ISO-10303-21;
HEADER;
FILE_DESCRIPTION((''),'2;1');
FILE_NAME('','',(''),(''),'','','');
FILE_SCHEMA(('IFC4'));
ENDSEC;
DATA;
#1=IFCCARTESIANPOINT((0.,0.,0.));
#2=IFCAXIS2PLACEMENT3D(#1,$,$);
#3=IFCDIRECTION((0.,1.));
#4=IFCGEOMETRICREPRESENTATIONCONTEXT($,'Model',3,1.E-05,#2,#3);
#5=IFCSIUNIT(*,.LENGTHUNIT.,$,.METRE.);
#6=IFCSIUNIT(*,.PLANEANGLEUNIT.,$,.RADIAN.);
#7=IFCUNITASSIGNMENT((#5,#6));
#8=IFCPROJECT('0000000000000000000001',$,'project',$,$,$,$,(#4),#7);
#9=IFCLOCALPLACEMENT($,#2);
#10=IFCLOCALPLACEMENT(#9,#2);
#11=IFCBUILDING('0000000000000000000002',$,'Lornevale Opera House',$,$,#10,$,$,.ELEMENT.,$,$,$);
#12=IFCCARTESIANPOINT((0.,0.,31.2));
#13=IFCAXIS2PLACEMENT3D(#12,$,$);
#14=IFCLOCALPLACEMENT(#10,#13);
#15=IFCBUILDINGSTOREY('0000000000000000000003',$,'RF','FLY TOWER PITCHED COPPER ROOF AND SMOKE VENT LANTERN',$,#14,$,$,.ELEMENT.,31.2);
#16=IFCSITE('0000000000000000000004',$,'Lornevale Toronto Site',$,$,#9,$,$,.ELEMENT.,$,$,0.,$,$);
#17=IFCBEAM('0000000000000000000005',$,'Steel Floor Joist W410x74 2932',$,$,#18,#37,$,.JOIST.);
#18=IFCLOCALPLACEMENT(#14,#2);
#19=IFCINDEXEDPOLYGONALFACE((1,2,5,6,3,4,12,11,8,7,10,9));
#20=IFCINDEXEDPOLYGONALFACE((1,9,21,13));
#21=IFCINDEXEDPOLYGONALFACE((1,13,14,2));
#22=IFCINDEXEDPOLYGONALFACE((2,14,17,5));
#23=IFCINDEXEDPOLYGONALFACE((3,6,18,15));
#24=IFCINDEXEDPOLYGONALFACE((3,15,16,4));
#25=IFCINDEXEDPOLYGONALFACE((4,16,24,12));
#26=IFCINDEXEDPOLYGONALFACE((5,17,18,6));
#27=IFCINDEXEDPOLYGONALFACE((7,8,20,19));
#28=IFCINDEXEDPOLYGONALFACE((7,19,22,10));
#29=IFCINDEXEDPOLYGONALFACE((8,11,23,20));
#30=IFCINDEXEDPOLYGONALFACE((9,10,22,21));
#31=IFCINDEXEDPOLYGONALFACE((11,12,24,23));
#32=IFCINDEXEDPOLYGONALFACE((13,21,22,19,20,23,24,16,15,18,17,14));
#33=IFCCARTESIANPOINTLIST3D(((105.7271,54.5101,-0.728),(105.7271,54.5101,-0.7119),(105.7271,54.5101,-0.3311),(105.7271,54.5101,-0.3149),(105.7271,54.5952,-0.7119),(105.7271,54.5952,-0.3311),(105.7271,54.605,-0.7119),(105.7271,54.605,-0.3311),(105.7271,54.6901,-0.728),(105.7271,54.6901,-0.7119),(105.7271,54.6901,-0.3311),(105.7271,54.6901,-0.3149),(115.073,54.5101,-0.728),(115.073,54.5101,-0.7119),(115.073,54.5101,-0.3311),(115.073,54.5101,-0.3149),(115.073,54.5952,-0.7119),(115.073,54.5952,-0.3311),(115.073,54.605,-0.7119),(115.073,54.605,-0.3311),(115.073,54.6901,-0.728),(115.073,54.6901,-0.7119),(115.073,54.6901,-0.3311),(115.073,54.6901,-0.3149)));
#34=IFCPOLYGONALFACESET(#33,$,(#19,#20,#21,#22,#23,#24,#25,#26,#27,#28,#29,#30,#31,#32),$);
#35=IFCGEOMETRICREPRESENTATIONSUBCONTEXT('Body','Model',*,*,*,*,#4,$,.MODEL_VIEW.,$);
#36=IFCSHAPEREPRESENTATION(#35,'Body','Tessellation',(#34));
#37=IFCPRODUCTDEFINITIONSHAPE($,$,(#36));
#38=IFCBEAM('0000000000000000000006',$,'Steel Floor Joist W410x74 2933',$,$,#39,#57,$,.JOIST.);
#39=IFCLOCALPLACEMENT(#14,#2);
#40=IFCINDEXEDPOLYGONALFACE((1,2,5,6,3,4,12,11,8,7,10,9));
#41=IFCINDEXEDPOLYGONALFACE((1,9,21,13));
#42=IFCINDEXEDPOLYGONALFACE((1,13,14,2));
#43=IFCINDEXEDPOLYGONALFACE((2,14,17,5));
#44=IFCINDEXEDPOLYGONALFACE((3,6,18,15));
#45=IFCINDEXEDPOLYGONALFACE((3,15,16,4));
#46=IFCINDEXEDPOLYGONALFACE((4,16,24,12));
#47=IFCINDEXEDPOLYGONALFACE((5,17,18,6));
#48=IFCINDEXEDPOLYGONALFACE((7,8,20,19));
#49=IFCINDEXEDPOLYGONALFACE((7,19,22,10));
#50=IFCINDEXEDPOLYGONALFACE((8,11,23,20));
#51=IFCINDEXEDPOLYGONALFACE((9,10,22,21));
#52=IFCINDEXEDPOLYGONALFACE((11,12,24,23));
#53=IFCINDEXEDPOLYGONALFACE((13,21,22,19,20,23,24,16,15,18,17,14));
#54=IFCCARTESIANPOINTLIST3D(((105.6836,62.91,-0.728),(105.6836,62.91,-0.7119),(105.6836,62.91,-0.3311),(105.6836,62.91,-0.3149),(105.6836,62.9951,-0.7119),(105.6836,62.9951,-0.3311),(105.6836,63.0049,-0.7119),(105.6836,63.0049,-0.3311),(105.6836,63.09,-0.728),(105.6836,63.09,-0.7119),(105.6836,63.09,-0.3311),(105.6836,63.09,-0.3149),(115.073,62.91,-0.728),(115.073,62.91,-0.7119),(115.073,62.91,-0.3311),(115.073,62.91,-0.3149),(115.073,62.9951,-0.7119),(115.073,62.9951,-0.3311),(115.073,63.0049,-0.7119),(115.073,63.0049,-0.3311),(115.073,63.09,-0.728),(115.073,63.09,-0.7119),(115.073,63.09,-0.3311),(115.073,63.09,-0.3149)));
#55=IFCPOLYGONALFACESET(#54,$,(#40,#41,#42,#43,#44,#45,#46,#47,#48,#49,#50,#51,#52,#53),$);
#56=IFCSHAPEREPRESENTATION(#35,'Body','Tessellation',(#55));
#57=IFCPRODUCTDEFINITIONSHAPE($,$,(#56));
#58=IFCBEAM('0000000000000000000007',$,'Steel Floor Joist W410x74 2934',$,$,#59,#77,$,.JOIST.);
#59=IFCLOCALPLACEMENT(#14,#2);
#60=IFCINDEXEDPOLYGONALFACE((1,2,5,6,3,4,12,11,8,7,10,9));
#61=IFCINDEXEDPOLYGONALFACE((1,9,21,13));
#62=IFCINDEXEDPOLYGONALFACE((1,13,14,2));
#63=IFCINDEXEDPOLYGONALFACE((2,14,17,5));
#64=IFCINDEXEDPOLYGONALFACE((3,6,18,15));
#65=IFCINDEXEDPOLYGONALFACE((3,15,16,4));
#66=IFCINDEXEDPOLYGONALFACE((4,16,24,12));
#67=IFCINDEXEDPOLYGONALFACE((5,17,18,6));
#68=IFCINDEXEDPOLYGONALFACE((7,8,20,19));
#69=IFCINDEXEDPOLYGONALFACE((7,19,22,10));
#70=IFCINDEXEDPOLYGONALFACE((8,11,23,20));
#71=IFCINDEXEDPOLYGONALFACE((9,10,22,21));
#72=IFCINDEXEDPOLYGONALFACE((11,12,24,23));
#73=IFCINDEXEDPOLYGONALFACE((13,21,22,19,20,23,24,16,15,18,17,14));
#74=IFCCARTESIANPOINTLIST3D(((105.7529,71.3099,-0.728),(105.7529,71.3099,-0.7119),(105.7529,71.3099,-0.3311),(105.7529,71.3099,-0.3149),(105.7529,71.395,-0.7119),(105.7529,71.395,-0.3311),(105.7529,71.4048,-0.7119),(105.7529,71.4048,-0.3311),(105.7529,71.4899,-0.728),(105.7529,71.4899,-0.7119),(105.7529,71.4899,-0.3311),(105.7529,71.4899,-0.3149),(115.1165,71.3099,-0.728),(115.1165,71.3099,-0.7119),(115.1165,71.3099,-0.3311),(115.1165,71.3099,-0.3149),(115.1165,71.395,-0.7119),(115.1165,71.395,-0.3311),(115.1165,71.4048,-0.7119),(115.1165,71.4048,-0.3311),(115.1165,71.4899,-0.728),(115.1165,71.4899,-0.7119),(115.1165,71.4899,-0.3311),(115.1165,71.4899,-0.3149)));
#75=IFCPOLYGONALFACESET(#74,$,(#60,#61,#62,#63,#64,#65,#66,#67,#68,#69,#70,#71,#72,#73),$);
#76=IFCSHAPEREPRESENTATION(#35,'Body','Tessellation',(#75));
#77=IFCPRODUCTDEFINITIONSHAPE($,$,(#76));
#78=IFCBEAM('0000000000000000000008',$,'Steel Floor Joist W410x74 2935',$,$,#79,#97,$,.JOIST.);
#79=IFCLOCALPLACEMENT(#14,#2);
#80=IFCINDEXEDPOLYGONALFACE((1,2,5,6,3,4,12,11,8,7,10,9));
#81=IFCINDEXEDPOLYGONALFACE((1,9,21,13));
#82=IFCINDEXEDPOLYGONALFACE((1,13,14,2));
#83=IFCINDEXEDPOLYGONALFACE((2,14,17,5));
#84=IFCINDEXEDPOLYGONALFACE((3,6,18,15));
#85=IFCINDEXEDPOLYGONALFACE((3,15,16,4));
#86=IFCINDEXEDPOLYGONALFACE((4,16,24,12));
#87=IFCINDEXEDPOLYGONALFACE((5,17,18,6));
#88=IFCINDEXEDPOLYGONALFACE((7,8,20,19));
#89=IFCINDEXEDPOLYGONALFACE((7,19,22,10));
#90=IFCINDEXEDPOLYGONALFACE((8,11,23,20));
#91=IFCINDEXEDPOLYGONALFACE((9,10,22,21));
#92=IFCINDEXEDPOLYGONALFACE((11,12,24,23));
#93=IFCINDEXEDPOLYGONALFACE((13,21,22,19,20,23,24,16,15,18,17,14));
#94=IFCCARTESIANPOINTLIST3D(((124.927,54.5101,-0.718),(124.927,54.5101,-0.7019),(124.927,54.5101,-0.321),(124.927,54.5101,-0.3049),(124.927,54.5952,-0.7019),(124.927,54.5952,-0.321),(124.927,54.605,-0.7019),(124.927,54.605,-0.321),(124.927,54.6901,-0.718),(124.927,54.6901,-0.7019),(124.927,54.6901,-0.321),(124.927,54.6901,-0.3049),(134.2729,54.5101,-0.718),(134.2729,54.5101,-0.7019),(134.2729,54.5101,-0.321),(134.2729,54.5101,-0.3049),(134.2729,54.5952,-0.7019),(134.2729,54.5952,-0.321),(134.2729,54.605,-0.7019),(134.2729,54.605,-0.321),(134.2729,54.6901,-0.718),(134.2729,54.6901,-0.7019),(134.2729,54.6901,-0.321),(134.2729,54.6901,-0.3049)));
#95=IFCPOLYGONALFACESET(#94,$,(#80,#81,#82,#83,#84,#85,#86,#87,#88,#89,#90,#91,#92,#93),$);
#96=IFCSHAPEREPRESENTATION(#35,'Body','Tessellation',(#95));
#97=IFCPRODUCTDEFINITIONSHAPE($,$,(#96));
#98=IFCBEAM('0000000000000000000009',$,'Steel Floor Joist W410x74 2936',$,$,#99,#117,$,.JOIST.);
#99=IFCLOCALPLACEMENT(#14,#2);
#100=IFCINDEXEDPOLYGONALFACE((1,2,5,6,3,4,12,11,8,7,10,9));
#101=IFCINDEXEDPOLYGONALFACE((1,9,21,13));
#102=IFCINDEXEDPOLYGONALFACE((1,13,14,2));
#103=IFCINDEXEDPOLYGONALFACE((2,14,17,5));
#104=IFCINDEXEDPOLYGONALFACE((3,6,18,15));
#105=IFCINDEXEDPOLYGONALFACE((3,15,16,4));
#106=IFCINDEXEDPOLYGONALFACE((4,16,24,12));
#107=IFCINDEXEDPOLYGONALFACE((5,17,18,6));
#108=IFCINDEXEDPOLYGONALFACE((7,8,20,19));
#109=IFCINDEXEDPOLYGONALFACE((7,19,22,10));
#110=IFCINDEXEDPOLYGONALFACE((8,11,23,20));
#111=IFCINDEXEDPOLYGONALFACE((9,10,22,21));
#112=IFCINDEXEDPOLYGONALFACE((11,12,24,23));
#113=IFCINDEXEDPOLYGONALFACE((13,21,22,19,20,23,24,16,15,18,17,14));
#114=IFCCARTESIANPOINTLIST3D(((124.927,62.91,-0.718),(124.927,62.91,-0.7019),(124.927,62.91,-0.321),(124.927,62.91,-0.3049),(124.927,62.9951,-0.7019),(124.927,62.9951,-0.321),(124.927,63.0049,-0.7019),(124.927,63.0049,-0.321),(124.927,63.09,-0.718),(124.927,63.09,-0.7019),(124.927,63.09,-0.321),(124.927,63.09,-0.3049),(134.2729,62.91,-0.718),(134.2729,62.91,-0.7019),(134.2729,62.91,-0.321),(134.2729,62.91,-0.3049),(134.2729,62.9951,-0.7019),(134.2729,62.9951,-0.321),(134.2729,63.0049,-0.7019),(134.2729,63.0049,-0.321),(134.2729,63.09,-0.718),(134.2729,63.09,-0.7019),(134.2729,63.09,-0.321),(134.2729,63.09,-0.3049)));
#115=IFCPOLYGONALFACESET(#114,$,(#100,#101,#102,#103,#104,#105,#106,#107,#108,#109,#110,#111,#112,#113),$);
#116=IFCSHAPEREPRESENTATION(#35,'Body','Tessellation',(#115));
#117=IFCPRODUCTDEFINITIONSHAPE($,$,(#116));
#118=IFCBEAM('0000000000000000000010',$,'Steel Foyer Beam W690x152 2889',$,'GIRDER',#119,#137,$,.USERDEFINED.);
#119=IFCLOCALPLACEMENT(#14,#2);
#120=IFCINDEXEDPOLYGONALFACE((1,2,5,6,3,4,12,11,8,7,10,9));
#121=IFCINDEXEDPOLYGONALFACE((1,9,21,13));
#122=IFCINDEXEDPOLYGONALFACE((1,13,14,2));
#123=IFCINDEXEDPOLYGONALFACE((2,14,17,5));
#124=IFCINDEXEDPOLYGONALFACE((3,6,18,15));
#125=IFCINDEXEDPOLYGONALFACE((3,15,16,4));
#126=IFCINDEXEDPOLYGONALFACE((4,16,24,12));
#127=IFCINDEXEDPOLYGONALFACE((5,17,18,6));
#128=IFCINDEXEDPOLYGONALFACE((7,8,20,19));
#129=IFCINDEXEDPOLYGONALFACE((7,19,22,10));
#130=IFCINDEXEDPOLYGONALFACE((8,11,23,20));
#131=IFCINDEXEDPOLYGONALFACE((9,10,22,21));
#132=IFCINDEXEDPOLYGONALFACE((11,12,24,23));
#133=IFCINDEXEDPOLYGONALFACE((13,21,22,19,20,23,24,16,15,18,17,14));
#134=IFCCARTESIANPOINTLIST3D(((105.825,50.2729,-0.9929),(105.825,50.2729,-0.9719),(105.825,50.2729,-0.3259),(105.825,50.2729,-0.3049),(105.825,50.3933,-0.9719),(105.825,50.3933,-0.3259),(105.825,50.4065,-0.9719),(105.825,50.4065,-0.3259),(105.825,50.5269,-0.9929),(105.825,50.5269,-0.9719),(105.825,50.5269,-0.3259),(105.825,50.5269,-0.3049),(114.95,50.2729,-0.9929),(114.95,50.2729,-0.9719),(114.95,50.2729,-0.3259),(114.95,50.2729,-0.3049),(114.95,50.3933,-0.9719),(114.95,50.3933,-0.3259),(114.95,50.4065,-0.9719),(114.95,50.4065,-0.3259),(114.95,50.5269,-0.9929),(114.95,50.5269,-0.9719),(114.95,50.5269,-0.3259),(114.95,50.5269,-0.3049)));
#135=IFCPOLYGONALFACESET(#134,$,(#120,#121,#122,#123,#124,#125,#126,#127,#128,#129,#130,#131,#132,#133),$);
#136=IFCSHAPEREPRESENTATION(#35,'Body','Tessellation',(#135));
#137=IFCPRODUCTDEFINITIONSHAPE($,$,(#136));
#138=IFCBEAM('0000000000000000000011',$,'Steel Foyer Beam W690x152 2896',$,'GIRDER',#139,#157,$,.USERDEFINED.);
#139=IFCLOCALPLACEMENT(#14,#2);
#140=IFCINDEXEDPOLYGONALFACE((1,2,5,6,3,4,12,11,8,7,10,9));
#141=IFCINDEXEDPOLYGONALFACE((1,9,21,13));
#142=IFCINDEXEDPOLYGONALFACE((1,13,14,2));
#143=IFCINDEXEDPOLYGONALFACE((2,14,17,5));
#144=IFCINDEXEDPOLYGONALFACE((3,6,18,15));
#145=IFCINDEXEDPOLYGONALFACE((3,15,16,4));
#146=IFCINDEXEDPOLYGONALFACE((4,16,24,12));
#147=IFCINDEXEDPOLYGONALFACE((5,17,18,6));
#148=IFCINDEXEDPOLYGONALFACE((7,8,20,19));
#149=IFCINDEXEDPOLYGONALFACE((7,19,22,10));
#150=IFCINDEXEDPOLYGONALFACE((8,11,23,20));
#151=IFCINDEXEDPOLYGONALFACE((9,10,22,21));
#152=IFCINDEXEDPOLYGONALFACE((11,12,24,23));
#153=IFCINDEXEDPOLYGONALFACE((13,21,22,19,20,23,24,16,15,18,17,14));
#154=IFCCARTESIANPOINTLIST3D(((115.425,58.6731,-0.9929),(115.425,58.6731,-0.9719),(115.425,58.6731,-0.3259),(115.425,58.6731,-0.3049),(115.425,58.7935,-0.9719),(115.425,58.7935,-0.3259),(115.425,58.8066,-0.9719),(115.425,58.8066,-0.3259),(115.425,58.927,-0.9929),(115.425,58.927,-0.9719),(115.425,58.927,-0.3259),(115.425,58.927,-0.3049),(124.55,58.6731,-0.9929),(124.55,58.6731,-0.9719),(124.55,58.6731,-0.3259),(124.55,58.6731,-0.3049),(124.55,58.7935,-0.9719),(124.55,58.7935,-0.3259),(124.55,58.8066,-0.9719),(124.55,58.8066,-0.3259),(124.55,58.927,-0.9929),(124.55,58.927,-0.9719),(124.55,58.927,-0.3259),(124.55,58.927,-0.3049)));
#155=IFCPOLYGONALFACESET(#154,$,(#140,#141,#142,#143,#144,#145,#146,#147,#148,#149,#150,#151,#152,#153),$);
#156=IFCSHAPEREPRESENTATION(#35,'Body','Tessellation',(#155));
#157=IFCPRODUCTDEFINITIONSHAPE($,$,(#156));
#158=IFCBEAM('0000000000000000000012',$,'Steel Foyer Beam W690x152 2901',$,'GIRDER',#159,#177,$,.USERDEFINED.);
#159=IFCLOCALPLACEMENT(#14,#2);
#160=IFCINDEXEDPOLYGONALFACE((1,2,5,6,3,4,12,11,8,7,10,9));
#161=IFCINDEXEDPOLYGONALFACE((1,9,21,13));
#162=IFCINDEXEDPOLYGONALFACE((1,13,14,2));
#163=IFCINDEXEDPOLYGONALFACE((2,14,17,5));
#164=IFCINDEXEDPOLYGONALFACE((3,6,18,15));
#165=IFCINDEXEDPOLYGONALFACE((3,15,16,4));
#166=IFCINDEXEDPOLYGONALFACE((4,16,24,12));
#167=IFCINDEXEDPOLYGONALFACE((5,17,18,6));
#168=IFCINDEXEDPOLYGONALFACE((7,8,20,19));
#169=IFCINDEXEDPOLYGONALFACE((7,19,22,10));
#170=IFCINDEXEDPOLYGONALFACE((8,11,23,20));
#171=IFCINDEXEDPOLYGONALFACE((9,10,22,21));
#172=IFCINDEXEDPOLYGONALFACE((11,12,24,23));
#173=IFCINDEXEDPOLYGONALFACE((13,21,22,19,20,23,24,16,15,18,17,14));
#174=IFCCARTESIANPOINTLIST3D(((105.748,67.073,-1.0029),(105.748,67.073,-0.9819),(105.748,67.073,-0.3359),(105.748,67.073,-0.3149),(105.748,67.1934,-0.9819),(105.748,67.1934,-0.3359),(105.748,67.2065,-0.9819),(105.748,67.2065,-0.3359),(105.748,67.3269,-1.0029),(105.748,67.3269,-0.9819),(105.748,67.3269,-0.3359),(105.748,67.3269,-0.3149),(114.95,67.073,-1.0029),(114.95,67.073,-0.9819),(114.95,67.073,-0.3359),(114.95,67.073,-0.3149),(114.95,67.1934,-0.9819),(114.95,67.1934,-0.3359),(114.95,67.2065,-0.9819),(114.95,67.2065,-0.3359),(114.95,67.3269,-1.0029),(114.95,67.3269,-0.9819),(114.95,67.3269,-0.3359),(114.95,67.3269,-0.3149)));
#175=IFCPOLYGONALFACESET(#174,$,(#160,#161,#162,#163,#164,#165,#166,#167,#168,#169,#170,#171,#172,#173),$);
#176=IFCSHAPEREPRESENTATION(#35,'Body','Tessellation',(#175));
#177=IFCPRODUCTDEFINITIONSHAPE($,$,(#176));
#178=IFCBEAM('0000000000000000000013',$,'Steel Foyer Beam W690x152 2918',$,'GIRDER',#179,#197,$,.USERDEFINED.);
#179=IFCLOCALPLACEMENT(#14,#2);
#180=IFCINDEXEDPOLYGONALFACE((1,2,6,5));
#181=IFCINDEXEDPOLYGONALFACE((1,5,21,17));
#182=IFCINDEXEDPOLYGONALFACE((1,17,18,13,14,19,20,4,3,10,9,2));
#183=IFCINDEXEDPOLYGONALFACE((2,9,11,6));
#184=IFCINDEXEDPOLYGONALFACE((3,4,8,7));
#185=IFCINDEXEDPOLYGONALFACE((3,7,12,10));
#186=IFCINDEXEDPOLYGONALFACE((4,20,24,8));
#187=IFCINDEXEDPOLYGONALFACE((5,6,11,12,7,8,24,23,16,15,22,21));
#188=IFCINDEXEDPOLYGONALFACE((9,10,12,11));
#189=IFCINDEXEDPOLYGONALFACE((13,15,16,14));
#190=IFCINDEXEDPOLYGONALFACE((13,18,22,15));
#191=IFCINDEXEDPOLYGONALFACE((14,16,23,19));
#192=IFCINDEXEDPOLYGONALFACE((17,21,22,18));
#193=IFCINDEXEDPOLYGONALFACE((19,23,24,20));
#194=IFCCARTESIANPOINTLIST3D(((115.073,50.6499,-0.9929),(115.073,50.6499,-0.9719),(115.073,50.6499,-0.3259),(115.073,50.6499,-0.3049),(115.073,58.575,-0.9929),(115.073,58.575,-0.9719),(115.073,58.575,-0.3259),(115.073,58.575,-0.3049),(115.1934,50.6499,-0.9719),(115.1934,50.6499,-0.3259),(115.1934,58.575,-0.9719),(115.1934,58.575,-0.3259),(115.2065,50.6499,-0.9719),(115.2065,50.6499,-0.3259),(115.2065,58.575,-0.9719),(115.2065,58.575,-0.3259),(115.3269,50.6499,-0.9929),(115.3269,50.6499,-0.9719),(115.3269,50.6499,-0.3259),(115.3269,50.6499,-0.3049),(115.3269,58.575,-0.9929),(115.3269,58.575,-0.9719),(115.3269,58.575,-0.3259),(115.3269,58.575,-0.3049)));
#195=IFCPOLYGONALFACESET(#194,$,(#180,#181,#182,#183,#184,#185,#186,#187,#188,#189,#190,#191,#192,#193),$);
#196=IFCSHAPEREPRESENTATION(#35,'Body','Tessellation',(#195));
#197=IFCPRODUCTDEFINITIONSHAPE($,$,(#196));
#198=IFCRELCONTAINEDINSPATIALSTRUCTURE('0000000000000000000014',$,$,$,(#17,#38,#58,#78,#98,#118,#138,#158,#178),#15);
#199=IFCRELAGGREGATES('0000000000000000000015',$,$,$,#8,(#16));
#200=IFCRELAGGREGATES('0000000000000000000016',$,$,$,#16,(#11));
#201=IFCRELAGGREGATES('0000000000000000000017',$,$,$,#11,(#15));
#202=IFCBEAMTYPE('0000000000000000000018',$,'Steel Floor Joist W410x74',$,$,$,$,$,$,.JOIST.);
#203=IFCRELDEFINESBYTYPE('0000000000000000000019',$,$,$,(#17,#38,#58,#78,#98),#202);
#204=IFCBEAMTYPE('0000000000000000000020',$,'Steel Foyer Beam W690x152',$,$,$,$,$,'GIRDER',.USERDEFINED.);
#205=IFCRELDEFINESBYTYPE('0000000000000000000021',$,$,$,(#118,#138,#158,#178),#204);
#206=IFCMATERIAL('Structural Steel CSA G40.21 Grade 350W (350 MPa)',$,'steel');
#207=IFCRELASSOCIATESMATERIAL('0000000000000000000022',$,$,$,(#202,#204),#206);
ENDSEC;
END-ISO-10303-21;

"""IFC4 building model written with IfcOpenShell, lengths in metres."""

from ifc_helpers import new_model, si_unit, direction, frame, origin, origin_2d, place, context, subcontext, project, spatial, i_section, extrude, material, material_profile, profile_set, type_object, element, save


model = new_model("IFC4")

# Units and contexts
model_context = context("Model", 3, precision=1e-05, world=origin(), true_north=direction((0.0, 1.0)))
body_context = subcontext(model_context, "Body", "Model", "MODEL_VIEW")
ifc_project = project(units=[si_unit("LENGTHUNIT", "METRE"), si_unit("PLANEANGLEUNIT", "RADIAN")], contexts=[model_context])

# Site, building, storey
site_placement = place(None, origin())
site = spatial("IfcSite", under=ifc_project, at=site_placement, Name="Lornevale Toronto Site", CompositionType="ELEMENT", RefElevation=0.0)
building_placement = place(site_placement, origin())
building = spatial("IfcBuilding", under=site, at=building_placement, Name="Lornevale Opera House", CompositionType="ELEMENT")
storey_placement = place(building_placement, frame((0.0, 0.0, 31.2)))
storey = spatial("IfcBuildingStorey", under=building, at=storey_placement, Name="RF", Description="FLY TOWER PITCHED COPPER ROOF AND SMOKE VENT LANTERN", CompositionType="ELEMENT", Elevation=31.2)

# Beams
ifc_material_1 = material(Name="Structural Steel CSA G40.21 Grade 350W (350 MPa)", Category="steel")
ifc_material_profile_1 = material_profile(ifc_material_1, i_section(OverallWidth=0.1799, OverallDepth=0.4131, WebThickness=0.0098, FlangeThickness=0.0161, at=origin_2d()), Name="W410x74")
ifc_profile_set_1 = profile_set([ifc_material_profile_1], Name="Structural Steel CSA G40.21 Grade 350W (350 MPa)")
beam_type_1 = type_object("IfcBeamType", Name="Steel Floor Joist W410x74", PredefinedType="JOIST", material=ifc_profile_set_1)
beam_1_placement = place(storey_placement, frame((105.7271, 54.6001, -0.5215), z_axis=(1.0, 0.0, 0.0), x_axis=(0.0, 1.0, 0.0)))
element("IfcBeam", 1, at=beam_1_placement, inside=storey, type_object=beam_type_1, Name="Steel Floor Joist W410x74 2932", PredefinedType="JOIST", context=body_context, shape_type="SweptSolid", body=[
    extrude(i_section(OverallWidth=0.1799, OverallDepth=0.4131, WebThickness=0.0098, FlangeThickness=0.0161, at=origin_2d()), origin(), (0.0, 0.0, 1.0), 9.3459),
])
beam_2_placement = place(storey_placement, frame((105.6836, 63.0, -0.5215), z_axis=(1.0, 0.0, 0.0), x_axis=(0.0, 1.0, 0.0)))
element("IfcBeam", 2, at=beam_2_placement, inside=storey, type_object=beam_type_1, Name="Steel Floor Joist W410x74 2933", PredefinedType="JOIST", context=body_context, shape_type="SweptSolid", body=[
    extrude(i_section(OverallWidth=0.1799, OverallDepth=0.4131, WebThickness=0.0098, FlangeThickness=0.0161, at=origin_2d()), origin(), (0.0, 0.0, 1.0), 9.3894),
])
beam_3_placement = place(storey_placement, frame((105.7529, 71.3999, -0.5215), z_axis=(1.0, 0.0, 0.0), x_axis=(0.0, 1.0, 0.0)))
element("IfcBeam", 3, at=beam_3_placement, inside=storey, type_object=beam_type_1, Name="Steel Floor Joist W410x74 2934", PredefinedType="JOIST", context=body_context, shape_type="SweptSolid", body=[
    extrude(i_section(OverallWidth=0.1799, OverallDepth=0.4131, WebThickness=0.0098, FlangeThickness=0.0161, at=origin_2d()), origin(), (0.0, 0.0, 1.0), 9.3635),
])
for number, where, z_axis, x_axis, name in (
    (4, (124.927, 54.6001, -0.5115), (1.0, 0.0, 0.0), (0.0, 1.0, 0.0), "Steel Floor Joist W410x74 2935"),
    (5, (124.927, 63.0, -0.5115), (1.0, 0.0, 0.0), (0.0, 1.0, 0.0), "Steel Floor Joist W410x74 2936"),
):
    element("IfcBeam", number, at=place(storey_placement, frame(where, z_axis=z_axis, x_axis=x_axis)), inside=storey, type_object=beam_type_1, Name=name, PredefinedType="JOIST", context=body_context, shape_type="SweptSolid", body=[
        extrude(i_section(OverallWidth=0.1799, OverallDepth=0.4131, WebThickness=0.0098, FlangeThickness=0.0161, at=origin_2d()), origin(), (0.0, 0.0, 1.0), 9.3459),
    ])
ifc_material_profile_2 = material_profile(ifc_material_1, i_section(OverallWidth=0.2539, OverallDepth=0.688, WebThickness=0.0132, FlangeThickness=0.021, at=origin_2d()), Name="W690x152")
ifc_profile_set_2 = profile_set([ifc_material_profile_2], Name="Structural Steel CSA G40.21 Grade 350W (350 MPa)")
beam_type_2 = type_object("IfcBeamType", Name="Steel Foyer Beam W690x152", ElementType="GIRDER", PredefinedType="USERDEFINED", material=ifc_profile_set_2)
for number, where, z_axis, x_axis, name in (
    (6, (105.825, 50.3999, -0.6489), (1.0, 0.0, 0.0), (0.0, 1.0, 0.0), "Steel Foyer Beam W690x152 2889"),
    (7, (115.425, 58.8, -0.6489), (1.0, 0.0, 0.0), (0.0, 1.0, 0.0), "Steel Foyer Beam W690x152 2896"),
):
    element("IfcBeam", number, at=place(storey_placement, frame(where, z_axis=z_axis, x_axis=x_axis)), inside=storey, type_object=beam_type_2, Name=name, ObjectType="GIRDER", PredefinedType="USERDEFINED", context=body_context, shape_type="SweptSolid", body=[
        extrude(i_section(OverallWidth=0.2539, OverallDepth=0.688, WebThickness=0.0132, FlangeThickness=0.021, at=origin_2d()), origin(), (0.0, 0.0, 1.0), 9.125),
    ])
beam_4_placement = place(storey_placement, frame((105.748, 67.2, -0.6589), z_axis=(1.0, 0.0, 0.0), x_axis=(0.0, 1.0, 0.0)))
element("IfcBeam", 8, at=beam_4_placement, inside=storey, type_object=beam_type_2, Name="Steel Foyer Beam W690x152 2901", ObjectType="GIRDER", PredefinedType="USERDEFINED", context=body_context, shape_type="SweptSolid", body=[
    extrude(i_section(OverallWidth=0.2539, OverallDepth=0.688, WebThickness=0.0132, FlangeThickness=0.021, at=origin_2d()), origin(), (0.0, 0.0, 1.0), 9.2019),
])
for number, where, z_axis, x_axis, name in (
    (9, (115.2, 50.6499, -0.6489), (0.0, 1.0, 0.0), (-1.0, 0.0, 0.0), "Steel Foyer Beam W690x152 2918"),
):
    element("IfcBeam", number, at=place(storey_placement, frame(where, z_axis=z_axis, x_axis=x_axis)), inside=storey, type_object=beam_type_2, Name=name, ObjectType="GIRDER", PredefinedType="USERDEFINED", context=body_context, shape_type="SweptSolid", body=[
        extrude(i_section(OverallWidth=0.2539, OverallDepth=0.688, WebThickness=0.0132, FlangeThickness=0.021, at=origin_2d()), origin(), (0.0, 0.0, 1.0), 7.925),
    ])

save(model, "model.ifc")
